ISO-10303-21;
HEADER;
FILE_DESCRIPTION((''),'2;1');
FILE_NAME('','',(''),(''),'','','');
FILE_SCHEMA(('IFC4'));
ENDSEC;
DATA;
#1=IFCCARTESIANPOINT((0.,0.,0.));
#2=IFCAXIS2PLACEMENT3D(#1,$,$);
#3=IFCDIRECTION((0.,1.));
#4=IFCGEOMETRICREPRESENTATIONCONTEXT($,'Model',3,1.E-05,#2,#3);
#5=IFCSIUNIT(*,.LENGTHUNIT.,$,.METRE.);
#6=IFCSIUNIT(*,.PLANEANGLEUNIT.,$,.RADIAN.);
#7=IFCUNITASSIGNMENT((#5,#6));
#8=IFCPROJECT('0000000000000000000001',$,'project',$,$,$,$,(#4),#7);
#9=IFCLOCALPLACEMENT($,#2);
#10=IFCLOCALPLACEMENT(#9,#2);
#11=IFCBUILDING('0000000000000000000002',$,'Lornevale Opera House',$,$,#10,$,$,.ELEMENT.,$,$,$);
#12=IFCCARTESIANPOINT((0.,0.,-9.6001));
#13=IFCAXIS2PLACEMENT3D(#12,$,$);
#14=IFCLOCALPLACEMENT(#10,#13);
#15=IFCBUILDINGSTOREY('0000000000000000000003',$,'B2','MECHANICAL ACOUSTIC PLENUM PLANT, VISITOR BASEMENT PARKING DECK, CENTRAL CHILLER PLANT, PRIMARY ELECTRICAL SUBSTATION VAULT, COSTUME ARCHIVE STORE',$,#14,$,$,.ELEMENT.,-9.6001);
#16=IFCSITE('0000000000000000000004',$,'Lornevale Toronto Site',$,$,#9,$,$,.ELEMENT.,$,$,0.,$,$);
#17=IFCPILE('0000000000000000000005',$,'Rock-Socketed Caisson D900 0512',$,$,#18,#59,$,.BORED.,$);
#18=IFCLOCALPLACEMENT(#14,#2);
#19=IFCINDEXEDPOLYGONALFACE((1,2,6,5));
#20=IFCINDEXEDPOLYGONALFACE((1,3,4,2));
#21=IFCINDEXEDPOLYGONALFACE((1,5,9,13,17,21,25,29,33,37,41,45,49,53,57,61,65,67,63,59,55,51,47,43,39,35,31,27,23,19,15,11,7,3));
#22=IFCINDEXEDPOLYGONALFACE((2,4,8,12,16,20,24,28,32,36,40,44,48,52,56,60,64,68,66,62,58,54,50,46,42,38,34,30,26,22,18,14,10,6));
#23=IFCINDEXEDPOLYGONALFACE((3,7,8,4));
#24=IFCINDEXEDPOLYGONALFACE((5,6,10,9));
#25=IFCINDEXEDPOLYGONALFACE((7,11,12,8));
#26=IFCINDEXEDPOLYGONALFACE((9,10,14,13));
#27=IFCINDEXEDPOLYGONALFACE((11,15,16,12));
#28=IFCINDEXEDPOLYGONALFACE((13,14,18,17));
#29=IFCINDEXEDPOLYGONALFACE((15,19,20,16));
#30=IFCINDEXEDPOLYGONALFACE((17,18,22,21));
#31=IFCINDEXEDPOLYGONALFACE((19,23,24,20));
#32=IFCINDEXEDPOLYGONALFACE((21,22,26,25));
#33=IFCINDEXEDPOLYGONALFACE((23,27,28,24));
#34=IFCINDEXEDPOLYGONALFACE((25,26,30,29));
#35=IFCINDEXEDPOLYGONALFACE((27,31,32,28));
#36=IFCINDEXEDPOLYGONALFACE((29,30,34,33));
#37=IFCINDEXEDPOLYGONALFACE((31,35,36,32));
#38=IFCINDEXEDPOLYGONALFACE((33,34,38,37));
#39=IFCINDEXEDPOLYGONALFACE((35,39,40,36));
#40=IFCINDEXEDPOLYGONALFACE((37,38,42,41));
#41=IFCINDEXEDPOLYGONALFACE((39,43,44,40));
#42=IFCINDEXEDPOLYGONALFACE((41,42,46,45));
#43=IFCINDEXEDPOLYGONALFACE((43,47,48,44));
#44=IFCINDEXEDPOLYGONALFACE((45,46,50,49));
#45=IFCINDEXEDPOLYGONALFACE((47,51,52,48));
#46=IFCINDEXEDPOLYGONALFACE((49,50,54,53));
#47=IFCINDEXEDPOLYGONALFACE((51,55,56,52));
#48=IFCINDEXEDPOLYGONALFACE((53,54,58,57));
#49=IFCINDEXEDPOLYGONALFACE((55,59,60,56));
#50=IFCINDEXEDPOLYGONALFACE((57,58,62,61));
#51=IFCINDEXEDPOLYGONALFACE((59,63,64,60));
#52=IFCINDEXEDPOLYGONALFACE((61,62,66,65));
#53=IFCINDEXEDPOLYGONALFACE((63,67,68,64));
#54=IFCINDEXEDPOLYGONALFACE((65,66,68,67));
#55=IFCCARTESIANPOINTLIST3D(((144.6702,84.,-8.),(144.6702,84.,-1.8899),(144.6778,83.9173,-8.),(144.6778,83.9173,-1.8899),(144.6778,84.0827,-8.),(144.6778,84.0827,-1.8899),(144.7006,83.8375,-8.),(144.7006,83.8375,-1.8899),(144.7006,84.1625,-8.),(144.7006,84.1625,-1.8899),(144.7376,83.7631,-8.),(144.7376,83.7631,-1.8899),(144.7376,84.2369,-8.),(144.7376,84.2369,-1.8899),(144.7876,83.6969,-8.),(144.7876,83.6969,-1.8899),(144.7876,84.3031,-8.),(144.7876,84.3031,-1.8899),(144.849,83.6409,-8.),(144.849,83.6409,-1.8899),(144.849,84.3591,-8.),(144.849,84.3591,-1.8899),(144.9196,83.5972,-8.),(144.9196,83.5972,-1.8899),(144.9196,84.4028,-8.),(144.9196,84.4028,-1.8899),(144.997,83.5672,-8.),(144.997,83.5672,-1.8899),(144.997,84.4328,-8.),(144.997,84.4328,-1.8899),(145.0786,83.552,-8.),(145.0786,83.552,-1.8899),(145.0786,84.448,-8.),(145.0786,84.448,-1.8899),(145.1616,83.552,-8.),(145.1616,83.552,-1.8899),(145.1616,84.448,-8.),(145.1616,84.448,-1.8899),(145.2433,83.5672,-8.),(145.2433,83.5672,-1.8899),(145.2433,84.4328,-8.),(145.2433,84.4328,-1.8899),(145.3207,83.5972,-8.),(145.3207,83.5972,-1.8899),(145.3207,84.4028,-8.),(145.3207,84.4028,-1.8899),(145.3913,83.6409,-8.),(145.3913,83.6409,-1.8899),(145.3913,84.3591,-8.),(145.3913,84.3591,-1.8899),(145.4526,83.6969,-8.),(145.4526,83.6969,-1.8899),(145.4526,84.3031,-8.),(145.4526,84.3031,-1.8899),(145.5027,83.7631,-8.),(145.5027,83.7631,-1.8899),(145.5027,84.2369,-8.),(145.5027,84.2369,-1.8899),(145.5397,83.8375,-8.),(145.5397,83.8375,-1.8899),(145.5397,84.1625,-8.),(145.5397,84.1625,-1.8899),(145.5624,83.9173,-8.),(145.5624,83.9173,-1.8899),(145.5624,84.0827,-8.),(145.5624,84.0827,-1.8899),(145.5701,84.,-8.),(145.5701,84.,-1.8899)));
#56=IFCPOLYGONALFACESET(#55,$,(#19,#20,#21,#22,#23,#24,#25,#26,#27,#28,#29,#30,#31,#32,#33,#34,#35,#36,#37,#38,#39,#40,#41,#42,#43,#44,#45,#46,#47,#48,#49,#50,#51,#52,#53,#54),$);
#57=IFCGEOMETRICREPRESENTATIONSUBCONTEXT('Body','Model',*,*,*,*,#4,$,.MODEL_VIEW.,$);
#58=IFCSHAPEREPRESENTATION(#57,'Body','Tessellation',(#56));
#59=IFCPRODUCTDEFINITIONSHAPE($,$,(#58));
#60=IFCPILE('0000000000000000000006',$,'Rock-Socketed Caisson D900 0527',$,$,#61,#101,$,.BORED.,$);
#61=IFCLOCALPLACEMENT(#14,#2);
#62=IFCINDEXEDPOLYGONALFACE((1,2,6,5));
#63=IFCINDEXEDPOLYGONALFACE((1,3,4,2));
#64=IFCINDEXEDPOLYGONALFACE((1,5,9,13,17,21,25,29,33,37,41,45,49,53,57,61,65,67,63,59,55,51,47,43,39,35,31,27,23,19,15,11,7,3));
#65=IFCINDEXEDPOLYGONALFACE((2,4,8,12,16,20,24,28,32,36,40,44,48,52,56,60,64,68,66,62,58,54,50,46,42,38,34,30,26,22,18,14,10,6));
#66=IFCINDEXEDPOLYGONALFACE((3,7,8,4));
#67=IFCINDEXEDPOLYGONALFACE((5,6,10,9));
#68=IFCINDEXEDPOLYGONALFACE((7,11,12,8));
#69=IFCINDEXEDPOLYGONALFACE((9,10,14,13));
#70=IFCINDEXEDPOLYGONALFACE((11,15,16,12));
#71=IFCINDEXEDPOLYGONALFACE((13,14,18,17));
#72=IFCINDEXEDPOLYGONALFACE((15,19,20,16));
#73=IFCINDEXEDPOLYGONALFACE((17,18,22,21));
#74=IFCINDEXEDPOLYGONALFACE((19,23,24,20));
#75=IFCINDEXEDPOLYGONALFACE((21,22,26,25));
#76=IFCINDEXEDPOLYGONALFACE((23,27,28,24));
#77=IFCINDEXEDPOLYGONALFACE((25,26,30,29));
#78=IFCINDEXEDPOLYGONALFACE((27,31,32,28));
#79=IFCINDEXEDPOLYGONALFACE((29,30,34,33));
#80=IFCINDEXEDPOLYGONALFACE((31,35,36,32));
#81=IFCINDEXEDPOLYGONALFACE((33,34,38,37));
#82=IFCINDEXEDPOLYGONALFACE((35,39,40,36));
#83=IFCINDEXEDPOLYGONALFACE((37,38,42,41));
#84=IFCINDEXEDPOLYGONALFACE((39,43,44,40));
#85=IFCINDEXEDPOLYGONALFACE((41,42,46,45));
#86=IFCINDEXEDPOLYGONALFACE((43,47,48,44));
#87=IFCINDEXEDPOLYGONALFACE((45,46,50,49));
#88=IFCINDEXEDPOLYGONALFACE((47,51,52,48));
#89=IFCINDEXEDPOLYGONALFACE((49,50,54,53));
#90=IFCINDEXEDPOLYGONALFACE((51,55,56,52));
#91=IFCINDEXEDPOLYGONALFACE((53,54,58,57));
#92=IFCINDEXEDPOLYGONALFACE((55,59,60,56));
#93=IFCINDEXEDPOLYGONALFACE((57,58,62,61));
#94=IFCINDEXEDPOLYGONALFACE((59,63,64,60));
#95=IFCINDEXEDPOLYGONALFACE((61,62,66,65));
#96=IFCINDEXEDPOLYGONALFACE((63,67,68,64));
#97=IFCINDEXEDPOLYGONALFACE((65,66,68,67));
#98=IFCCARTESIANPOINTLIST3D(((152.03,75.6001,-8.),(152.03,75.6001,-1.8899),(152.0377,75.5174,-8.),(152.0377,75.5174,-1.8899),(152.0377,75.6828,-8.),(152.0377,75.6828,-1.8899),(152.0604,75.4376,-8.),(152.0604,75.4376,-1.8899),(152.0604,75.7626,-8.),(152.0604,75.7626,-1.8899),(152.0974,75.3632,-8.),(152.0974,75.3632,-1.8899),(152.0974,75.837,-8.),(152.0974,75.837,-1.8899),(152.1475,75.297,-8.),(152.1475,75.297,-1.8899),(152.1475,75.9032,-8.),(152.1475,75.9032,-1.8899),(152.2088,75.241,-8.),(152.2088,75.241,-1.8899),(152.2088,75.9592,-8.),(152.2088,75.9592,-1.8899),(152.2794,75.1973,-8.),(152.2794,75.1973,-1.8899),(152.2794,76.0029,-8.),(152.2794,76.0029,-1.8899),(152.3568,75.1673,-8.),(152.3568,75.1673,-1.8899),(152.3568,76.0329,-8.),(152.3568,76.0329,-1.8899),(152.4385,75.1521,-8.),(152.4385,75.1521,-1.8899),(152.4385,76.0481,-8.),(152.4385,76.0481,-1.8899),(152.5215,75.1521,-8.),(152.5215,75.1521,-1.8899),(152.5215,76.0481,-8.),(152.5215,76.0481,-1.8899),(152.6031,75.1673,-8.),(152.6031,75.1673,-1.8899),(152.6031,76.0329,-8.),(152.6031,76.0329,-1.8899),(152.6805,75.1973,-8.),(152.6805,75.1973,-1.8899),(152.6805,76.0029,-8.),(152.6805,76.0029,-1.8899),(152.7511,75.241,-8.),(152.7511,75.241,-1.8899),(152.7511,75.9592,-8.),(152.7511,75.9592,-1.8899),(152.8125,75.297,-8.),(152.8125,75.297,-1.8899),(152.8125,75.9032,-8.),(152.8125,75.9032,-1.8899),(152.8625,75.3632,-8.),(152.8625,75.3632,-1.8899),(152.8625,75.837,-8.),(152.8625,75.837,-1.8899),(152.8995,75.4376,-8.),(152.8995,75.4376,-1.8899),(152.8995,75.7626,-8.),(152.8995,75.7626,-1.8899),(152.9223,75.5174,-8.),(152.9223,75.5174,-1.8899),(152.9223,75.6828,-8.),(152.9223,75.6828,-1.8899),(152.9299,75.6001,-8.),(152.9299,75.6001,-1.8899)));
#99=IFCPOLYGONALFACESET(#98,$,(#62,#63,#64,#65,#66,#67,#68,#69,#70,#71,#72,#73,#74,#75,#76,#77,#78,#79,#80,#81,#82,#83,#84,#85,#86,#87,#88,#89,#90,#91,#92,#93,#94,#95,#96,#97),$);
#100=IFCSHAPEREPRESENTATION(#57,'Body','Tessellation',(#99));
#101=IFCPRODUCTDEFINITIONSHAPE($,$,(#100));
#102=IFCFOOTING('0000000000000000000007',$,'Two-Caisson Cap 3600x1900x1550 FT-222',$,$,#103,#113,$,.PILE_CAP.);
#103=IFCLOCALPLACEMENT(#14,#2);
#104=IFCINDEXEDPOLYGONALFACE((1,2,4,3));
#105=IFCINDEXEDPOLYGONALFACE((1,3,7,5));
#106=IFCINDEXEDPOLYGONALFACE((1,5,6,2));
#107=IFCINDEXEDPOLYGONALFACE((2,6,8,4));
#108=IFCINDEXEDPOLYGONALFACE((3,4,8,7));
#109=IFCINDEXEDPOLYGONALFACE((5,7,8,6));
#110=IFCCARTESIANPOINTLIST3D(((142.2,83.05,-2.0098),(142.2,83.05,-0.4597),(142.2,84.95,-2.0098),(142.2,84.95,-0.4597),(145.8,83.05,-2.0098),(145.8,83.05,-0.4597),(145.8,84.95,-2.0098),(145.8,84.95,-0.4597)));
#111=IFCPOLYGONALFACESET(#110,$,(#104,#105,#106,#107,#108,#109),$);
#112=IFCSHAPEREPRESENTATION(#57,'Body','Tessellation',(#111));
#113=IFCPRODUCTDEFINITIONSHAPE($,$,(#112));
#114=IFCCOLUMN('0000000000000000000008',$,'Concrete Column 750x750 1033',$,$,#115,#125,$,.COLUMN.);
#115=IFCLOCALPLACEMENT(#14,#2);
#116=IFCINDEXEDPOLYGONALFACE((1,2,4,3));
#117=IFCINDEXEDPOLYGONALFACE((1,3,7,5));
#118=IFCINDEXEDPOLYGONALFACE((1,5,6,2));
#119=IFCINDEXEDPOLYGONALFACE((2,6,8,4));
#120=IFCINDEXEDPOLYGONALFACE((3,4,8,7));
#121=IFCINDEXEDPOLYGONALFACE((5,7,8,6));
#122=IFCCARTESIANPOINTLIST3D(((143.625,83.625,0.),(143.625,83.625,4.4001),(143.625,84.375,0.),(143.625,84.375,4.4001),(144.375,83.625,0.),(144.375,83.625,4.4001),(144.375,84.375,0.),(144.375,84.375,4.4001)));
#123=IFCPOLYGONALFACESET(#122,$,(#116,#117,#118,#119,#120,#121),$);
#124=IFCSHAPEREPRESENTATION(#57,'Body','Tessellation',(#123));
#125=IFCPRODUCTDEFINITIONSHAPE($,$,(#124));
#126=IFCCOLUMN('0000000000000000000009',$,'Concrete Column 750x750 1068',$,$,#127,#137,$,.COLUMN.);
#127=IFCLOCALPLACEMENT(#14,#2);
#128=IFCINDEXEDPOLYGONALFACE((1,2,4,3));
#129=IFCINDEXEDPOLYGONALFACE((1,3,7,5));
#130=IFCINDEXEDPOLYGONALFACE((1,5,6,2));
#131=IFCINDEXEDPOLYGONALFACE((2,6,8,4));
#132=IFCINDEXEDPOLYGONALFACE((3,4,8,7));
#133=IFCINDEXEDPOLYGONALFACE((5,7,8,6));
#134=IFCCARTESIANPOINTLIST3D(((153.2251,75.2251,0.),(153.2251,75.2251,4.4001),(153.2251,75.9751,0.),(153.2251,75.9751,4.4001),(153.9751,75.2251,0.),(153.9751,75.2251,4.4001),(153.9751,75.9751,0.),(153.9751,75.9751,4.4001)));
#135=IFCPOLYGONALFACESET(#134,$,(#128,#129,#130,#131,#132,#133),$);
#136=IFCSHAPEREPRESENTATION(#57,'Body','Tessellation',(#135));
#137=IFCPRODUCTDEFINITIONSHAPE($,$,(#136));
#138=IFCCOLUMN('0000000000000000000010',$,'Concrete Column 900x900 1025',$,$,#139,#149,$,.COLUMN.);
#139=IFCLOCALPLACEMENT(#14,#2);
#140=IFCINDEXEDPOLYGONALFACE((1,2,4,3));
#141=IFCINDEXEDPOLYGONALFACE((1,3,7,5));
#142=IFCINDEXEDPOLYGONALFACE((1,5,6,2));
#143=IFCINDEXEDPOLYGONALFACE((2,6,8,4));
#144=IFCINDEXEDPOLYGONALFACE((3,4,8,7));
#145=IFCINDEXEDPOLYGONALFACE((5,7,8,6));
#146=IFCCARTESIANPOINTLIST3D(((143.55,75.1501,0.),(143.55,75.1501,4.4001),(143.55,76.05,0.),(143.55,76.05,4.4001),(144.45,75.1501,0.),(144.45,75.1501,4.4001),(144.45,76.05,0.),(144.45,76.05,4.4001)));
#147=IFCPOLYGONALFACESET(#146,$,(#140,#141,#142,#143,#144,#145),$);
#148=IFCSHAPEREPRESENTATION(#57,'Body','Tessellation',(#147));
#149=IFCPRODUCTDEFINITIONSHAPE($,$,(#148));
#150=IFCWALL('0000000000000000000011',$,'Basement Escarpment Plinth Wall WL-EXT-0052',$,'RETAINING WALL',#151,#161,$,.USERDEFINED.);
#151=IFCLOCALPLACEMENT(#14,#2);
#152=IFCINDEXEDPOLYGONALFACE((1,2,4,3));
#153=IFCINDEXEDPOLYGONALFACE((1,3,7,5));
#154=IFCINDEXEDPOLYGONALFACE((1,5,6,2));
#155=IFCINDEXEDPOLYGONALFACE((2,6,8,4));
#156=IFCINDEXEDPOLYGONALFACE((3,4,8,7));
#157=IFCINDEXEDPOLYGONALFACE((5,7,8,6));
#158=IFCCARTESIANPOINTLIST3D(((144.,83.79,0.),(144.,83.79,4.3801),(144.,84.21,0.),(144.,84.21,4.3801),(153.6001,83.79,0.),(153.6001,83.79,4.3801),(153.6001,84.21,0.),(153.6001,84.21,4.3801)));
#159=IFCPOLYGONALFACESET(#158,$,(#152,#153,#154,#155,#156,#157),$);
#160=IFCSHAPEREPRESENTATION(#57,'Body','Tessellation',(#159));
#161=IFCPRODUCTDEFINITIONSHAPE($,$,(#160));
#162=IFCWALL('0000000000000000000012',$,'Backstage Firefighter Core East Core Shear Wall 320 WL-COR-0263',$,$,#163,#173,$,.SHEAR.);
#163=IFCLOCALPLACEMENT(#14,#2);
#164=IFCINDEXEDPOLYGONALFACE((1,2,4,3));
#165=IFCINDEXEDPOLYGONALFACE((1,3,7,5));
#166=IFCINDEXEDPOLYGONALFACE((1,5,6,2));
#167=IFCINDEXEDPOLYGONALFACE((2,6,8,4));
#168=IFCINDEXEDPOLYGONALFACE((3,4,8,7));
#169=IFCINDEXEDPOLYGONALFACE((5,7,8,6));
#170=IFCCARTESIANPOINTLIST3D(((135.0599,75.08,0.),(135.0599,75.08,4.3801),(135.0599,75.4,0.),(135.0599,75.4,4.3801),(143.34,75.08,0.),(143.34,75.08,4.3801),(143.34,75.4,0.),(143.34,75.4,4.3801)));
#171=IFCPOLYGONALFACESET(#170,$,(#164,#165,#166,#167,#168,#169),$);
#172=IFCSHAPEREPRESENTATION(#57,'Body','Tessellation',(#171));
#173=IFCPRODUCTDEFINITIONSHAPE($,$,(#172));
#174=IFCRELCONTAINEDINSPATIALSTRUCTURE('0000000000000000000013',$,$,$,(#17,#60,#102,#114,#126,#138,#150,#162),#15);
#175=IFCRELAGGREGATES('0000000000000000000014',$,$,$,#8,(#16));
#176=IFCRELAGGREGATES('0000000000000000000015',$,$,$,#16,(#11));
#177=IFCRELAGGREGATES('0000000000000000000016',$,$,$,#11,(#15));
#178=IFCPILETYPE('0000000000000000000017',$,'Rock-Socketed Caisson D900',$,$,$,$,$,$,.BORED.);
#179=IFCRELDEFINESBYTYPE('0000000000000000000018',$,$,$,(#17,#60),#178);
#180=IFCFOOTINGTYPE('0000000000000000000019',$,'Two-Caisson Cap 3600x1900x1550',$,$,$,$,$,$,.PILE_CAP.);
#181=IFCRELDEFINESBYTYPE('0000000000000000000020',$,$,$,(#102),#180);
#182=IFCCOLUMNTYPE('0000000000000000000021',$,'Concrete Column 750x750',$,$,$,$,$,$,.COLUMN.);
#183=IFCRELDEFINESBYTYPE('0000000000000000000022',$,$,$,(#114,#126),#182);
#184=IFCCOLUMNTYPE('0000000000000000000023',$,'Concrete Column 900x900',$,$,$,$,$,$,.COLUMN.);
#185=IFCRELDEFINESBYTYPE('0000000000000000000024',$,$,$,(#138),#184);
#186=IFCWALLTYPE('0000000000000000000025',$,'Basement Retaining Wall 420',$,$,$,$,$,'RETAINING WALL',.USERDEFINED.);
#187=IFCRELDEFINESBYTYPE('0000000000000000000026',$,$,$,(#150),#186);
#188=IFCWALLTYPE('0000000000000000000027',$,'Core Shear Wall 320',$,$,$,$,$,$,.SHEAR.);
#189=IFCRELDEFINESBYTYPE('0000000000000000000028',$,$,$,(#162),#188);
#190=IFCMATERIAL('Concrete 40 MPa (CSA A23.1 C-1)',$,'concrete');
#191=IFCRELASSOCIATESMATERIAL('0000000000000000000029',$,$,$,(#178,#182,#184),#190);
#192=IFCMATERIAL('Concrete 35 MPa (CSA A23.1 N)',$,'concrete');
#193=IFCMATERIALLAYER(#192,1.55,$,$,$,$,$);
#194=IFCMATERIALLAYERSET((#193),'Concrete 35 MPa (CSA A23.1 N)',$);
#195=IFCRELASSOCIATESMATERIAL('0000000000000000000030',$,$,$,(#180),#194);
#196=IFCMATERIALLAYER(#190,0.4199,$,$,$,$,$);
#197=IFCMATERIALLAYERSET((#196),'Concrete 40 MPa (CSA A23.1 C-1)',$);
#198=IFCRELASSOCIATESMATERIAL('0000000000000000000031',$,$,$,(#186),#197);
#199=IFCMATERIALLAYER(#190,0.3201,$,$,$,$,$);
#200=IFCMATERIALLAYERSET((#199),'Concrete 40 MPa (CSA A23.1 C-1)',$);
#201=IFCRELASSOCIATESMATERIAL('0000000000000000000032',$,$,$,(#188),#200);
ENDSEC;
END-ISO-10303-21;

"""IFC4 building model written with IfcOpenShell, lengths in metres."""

from ifc_helpers import new_model, si_unit, direction, frame, frame_2d, origin, origin_2d, place, context, subcontext, project, spatial, rectangle, circle, extrude, material, layer, layer_set, material_profile, profile_set, type_object, element, save


model = new_model("IFC4")

# Units and contexts
model_context = context("Model", 3, precision=1e-05, world=origin(), true_north=direction((0.0, 1.0)))
body_context = subcontext(model_context, "Body", "Model", "MODEL_VIEW")
ifc_project = project(units=[si_unit("LENGTHUNIT", "METRE"), si_unit("PLANEANGLEUNIT", "RADIAN")], contexts=[model_context])

# Site, building, storey
site_placement = place(None, origin())
site = spatial("IfcSite", under=ifc_project, at=site_placement, Name="Lornevale Toronto Site", CompositionType="ELEMENT", RefElevation=0.0)
building_placement = place(site_placement, origin())
building = spatial("IfcBuilding", under=site, at=building_placement, Name="Lornevale Opera House", CompositionType="ELEMENT")
storey_placement = place(building_placement, frame((0.0, 0.0, -9.6001)))
storey = spatial("IfcBuildingStorey", under=building, at=storey_placement, Name="B2", Description="MECHANICAL ACOUSTIC PLENUM PLANT, VISITOR BASEMENT PARKING DECK, CENTRAL CHILLER PLANT, PRIMARY ELECTRICAL SUBSTATION VAULT, COSTUME ARCHIVE STORE", CompositionType="ELEMENT", Elevation=-9.6001)

# Shared definitions
ifc_material_1 = material(Name="Concrete 35 MPa (CSA A23.1 N)", Category="concrete")

# Piles
ifc_material_2 = material(Name="Concrete 40 MPa (CSA A23.1 C-1)", Category="concrete")
ifc_material_profile_1 = material_profile(ifc_material_2, circle(Radius=0.45, at=origin_2d()), Name="CAIS900")
ifc_profile_set_1 = profile_set([ifc_material_profile_1], Name="Concrete 40 MPa (CSA A23.1 C-1)")
pile_type_1 = type_object("IfcPileType", Name="Rock-Socketed Caisson D900", PredefinedType="BORED", material=ifc_profile_set_1)
for number, where, z_axis, x_axis, name in (
    (1, (145.1201, 84.0, -1.8899), (0.0, 0.0, -1.0), (1.0, 0.0, 0.0), "Rock-Socketed Caisson D900 0512"),
    (2, (152.48, 75.6001, -1.8899), (0.0, 0.0, -1.0), (1.0, 0.0, 0.0), "Rock-Socketed Caisson D900 0527"),
):
    element("IfcPile", number, at=place(storey_placement, frame(where, z_axis=z_axis, x_axis=x_axis)), inside=storey, type_object=pile_type_1, Name=name, PredefinedType="BORED", context=body_context, shape_type="SweptSolid", body=[
        extrude(circle(Radius=0.45, at=origin_2d()), origin(), (0.0, 0.0, 1.0), 6.1101),
    ])

# Footing
ifc_layer_1 = layer(ifc_material_1, 1.55)
ifc_layer_set_1 = layer_set([ifc_layer_1], Name="Concrete 35 MPa (CSA A23.1 N)")
footing_type_1 = type_object("IfcFootingType", Name="Two-Caisson Cap 3600x1900x1550", PredefinedType="PILE_CAP", material=ifc_layer_set_1)
footing_1_placement = place(storey_placement, frame((144.0, 84.0, -2.0098), z_axis=(0.0, 0.0, 1.0), x_axis=(1.0, 0.0, 0.0)))
element("IfcFooting", 3, at=footing_1_placement, inside=storey, type_object=footing_type_1, Name="Two-Caisson Cap 3600x1900x1550 FT-222", PredefinedType="PILE_CAP", context=body_context, shape_type="SweptSolid", body=[
    extrude(rectangle(XDim=3.6001, YDim=1.8999, at=origin_2d()), origin(), (0.0, 0.0, 1.0), 1.55),
])

# Columns
ifc_material_profile_2 = material_profile(ifc_material_2, rectangle(XDim=0.75, YDim=0.75, at=origin_2d()), Name="RC750x750")
ifc_profile_set_2 = profile_set([ifc_material_profile_2], Name="Concrete 40 MPa (CSA A23.1 C-1)")
column_type_1 = type_object("IfcColumnType", Name="Concrete Column 750x750", PredefinedType="COLUMN", material=ifc_profile_set_2)
for number, where, z_axis, x_axis, name in (
    (4, (144.0, 84.0, 0.0), (0.0, 0.0, 1.0), (1.0, 0.0, 0.0), "Concrete Column 750x750 1033"),
    (5, (153.6001, 75.6001, 0.0), (0.0, 0.0, 1.0), (1.0, 0.0, 0.0), "Concrete Column 750x750 1068"),
):
    element("IfcColumn", number, at=place(storey_placement, frame(where, z_axis=z_axis, x_axis=x_axis)), inside=storey, type_object=column_type_1, Name=name, PredefinedType="COLUMN", context=body_context, shape_type="SweptSolid", body=[
        extrude(rectangle(XDim=0.75, YDim=0.75, at=origin_2d()), origin(), (0.0, 0.0, 1.0), 4.4001),
    ])
ifc_material_profile_3 = material_profile(ifc_material_2, rectangle(XDim=0.8999, YDim=0.8999, at=origin_2d()), Name="RC900x900")
ifc_profile_set_3 = profile_set([ifc_material_profile_3], Name="Concrete 40 MPa (CSA A23.1 C-1)")
column_type_2 = type_object("IfcColumnType", Name="Concrete Column 900x900", PredefinedType="COLUMN", material=ifc_profile_set_3)
column_placement = place(storey_placement, frame((144.0, 75.6001, 0.0), z_axis=(0.0, 0.0, 1.0), x_axis=(1.0, 0.0, 0.0)))
element("IfcColumn", 6, at=column_placement, inside=storey, type_object=column_type_2, Name="Concrete Column 900x900 1025", PredefinedType="COLUMN", context=body_context, shape_type="SweptSolid", body=[
    extrude(rectangle(XDim=0.8999, YDim=0.8999, at=origin_2d()), origin(), (0.0, 0.0, 1.0), 4.4001),
])

# Walls
ifc_layer_2 = layer(ifc_material_2, 0.4199)
ifc_layer_set_2 = layer_set([ifc_layer_2], Name="Concrete 40 MPa (CSA A23.1 C-1)")
wall_type_1 = type_object("IfcWallType", Name="Basement Retaining Wall 420", ElementType="RETAINING WALL", PredefinedType="USERDEFINED", material=ifc_layer_set_2)
wall_1_placement = place(storey_placement, frame((144.0, 84.0, 0.0), z_axis=(0.0, 0.0, 1.0), x_axis=(1.0, 0.0, 0.0)))
element("IfcWall", 7, at=wall_1_placement, inside=storey, type_object=wall_type_1, Name="Basement Escarpment Plinth Wall WL-EXT-0052", ObjectType="RETAINING WALL", PredefinedType="USERDEFINED", context=body_context, shape_type="SweptSolid", body=[
    extrude(rectangle(XDim=9.6001, YDim=0.4199, at=frame_2d((4.8, 0.0))), origin(), (0.0, 0.0, 1.0), 4.3801),
])
ifc_layer_3 = layer(ifc_material_2, 0.3201)
ifc_layer_set_3 = layer_set([ifc_layer_3], Name="Concrete 40 MPa (CSA A23.1 C-1)")
wall_type_2 = type_object("IfcWallType", Name="Core Shear Wall 320", PredefinedType="SHEAR", material=ifc_layer_set_3)
wall_2_placement = place(storey_placement, frame((143.3401, 75.24, 0.0), z_axis=(0.0, 0.0, 1.0), x_axis=(-1.0, 0.0, 0.0)))
element("IfcWall", 8, at=wall_2_placement, inside=storey, type_object=wall_type_2, Name="Backstage Firefighter Core East Core Shear Wall 320 WL-COR-0263", PredefinedType="SHEAR", context=body_context, shape_type="SweptSolid", body=[
    extrude(rectangle(XDim=8.28, YDim=0.3201, at=frame_2d((4.1401, 0.0))), origin(), (0.0, 0.0, 1.0), 4.3801),
])

save(model, "model.ifc")
